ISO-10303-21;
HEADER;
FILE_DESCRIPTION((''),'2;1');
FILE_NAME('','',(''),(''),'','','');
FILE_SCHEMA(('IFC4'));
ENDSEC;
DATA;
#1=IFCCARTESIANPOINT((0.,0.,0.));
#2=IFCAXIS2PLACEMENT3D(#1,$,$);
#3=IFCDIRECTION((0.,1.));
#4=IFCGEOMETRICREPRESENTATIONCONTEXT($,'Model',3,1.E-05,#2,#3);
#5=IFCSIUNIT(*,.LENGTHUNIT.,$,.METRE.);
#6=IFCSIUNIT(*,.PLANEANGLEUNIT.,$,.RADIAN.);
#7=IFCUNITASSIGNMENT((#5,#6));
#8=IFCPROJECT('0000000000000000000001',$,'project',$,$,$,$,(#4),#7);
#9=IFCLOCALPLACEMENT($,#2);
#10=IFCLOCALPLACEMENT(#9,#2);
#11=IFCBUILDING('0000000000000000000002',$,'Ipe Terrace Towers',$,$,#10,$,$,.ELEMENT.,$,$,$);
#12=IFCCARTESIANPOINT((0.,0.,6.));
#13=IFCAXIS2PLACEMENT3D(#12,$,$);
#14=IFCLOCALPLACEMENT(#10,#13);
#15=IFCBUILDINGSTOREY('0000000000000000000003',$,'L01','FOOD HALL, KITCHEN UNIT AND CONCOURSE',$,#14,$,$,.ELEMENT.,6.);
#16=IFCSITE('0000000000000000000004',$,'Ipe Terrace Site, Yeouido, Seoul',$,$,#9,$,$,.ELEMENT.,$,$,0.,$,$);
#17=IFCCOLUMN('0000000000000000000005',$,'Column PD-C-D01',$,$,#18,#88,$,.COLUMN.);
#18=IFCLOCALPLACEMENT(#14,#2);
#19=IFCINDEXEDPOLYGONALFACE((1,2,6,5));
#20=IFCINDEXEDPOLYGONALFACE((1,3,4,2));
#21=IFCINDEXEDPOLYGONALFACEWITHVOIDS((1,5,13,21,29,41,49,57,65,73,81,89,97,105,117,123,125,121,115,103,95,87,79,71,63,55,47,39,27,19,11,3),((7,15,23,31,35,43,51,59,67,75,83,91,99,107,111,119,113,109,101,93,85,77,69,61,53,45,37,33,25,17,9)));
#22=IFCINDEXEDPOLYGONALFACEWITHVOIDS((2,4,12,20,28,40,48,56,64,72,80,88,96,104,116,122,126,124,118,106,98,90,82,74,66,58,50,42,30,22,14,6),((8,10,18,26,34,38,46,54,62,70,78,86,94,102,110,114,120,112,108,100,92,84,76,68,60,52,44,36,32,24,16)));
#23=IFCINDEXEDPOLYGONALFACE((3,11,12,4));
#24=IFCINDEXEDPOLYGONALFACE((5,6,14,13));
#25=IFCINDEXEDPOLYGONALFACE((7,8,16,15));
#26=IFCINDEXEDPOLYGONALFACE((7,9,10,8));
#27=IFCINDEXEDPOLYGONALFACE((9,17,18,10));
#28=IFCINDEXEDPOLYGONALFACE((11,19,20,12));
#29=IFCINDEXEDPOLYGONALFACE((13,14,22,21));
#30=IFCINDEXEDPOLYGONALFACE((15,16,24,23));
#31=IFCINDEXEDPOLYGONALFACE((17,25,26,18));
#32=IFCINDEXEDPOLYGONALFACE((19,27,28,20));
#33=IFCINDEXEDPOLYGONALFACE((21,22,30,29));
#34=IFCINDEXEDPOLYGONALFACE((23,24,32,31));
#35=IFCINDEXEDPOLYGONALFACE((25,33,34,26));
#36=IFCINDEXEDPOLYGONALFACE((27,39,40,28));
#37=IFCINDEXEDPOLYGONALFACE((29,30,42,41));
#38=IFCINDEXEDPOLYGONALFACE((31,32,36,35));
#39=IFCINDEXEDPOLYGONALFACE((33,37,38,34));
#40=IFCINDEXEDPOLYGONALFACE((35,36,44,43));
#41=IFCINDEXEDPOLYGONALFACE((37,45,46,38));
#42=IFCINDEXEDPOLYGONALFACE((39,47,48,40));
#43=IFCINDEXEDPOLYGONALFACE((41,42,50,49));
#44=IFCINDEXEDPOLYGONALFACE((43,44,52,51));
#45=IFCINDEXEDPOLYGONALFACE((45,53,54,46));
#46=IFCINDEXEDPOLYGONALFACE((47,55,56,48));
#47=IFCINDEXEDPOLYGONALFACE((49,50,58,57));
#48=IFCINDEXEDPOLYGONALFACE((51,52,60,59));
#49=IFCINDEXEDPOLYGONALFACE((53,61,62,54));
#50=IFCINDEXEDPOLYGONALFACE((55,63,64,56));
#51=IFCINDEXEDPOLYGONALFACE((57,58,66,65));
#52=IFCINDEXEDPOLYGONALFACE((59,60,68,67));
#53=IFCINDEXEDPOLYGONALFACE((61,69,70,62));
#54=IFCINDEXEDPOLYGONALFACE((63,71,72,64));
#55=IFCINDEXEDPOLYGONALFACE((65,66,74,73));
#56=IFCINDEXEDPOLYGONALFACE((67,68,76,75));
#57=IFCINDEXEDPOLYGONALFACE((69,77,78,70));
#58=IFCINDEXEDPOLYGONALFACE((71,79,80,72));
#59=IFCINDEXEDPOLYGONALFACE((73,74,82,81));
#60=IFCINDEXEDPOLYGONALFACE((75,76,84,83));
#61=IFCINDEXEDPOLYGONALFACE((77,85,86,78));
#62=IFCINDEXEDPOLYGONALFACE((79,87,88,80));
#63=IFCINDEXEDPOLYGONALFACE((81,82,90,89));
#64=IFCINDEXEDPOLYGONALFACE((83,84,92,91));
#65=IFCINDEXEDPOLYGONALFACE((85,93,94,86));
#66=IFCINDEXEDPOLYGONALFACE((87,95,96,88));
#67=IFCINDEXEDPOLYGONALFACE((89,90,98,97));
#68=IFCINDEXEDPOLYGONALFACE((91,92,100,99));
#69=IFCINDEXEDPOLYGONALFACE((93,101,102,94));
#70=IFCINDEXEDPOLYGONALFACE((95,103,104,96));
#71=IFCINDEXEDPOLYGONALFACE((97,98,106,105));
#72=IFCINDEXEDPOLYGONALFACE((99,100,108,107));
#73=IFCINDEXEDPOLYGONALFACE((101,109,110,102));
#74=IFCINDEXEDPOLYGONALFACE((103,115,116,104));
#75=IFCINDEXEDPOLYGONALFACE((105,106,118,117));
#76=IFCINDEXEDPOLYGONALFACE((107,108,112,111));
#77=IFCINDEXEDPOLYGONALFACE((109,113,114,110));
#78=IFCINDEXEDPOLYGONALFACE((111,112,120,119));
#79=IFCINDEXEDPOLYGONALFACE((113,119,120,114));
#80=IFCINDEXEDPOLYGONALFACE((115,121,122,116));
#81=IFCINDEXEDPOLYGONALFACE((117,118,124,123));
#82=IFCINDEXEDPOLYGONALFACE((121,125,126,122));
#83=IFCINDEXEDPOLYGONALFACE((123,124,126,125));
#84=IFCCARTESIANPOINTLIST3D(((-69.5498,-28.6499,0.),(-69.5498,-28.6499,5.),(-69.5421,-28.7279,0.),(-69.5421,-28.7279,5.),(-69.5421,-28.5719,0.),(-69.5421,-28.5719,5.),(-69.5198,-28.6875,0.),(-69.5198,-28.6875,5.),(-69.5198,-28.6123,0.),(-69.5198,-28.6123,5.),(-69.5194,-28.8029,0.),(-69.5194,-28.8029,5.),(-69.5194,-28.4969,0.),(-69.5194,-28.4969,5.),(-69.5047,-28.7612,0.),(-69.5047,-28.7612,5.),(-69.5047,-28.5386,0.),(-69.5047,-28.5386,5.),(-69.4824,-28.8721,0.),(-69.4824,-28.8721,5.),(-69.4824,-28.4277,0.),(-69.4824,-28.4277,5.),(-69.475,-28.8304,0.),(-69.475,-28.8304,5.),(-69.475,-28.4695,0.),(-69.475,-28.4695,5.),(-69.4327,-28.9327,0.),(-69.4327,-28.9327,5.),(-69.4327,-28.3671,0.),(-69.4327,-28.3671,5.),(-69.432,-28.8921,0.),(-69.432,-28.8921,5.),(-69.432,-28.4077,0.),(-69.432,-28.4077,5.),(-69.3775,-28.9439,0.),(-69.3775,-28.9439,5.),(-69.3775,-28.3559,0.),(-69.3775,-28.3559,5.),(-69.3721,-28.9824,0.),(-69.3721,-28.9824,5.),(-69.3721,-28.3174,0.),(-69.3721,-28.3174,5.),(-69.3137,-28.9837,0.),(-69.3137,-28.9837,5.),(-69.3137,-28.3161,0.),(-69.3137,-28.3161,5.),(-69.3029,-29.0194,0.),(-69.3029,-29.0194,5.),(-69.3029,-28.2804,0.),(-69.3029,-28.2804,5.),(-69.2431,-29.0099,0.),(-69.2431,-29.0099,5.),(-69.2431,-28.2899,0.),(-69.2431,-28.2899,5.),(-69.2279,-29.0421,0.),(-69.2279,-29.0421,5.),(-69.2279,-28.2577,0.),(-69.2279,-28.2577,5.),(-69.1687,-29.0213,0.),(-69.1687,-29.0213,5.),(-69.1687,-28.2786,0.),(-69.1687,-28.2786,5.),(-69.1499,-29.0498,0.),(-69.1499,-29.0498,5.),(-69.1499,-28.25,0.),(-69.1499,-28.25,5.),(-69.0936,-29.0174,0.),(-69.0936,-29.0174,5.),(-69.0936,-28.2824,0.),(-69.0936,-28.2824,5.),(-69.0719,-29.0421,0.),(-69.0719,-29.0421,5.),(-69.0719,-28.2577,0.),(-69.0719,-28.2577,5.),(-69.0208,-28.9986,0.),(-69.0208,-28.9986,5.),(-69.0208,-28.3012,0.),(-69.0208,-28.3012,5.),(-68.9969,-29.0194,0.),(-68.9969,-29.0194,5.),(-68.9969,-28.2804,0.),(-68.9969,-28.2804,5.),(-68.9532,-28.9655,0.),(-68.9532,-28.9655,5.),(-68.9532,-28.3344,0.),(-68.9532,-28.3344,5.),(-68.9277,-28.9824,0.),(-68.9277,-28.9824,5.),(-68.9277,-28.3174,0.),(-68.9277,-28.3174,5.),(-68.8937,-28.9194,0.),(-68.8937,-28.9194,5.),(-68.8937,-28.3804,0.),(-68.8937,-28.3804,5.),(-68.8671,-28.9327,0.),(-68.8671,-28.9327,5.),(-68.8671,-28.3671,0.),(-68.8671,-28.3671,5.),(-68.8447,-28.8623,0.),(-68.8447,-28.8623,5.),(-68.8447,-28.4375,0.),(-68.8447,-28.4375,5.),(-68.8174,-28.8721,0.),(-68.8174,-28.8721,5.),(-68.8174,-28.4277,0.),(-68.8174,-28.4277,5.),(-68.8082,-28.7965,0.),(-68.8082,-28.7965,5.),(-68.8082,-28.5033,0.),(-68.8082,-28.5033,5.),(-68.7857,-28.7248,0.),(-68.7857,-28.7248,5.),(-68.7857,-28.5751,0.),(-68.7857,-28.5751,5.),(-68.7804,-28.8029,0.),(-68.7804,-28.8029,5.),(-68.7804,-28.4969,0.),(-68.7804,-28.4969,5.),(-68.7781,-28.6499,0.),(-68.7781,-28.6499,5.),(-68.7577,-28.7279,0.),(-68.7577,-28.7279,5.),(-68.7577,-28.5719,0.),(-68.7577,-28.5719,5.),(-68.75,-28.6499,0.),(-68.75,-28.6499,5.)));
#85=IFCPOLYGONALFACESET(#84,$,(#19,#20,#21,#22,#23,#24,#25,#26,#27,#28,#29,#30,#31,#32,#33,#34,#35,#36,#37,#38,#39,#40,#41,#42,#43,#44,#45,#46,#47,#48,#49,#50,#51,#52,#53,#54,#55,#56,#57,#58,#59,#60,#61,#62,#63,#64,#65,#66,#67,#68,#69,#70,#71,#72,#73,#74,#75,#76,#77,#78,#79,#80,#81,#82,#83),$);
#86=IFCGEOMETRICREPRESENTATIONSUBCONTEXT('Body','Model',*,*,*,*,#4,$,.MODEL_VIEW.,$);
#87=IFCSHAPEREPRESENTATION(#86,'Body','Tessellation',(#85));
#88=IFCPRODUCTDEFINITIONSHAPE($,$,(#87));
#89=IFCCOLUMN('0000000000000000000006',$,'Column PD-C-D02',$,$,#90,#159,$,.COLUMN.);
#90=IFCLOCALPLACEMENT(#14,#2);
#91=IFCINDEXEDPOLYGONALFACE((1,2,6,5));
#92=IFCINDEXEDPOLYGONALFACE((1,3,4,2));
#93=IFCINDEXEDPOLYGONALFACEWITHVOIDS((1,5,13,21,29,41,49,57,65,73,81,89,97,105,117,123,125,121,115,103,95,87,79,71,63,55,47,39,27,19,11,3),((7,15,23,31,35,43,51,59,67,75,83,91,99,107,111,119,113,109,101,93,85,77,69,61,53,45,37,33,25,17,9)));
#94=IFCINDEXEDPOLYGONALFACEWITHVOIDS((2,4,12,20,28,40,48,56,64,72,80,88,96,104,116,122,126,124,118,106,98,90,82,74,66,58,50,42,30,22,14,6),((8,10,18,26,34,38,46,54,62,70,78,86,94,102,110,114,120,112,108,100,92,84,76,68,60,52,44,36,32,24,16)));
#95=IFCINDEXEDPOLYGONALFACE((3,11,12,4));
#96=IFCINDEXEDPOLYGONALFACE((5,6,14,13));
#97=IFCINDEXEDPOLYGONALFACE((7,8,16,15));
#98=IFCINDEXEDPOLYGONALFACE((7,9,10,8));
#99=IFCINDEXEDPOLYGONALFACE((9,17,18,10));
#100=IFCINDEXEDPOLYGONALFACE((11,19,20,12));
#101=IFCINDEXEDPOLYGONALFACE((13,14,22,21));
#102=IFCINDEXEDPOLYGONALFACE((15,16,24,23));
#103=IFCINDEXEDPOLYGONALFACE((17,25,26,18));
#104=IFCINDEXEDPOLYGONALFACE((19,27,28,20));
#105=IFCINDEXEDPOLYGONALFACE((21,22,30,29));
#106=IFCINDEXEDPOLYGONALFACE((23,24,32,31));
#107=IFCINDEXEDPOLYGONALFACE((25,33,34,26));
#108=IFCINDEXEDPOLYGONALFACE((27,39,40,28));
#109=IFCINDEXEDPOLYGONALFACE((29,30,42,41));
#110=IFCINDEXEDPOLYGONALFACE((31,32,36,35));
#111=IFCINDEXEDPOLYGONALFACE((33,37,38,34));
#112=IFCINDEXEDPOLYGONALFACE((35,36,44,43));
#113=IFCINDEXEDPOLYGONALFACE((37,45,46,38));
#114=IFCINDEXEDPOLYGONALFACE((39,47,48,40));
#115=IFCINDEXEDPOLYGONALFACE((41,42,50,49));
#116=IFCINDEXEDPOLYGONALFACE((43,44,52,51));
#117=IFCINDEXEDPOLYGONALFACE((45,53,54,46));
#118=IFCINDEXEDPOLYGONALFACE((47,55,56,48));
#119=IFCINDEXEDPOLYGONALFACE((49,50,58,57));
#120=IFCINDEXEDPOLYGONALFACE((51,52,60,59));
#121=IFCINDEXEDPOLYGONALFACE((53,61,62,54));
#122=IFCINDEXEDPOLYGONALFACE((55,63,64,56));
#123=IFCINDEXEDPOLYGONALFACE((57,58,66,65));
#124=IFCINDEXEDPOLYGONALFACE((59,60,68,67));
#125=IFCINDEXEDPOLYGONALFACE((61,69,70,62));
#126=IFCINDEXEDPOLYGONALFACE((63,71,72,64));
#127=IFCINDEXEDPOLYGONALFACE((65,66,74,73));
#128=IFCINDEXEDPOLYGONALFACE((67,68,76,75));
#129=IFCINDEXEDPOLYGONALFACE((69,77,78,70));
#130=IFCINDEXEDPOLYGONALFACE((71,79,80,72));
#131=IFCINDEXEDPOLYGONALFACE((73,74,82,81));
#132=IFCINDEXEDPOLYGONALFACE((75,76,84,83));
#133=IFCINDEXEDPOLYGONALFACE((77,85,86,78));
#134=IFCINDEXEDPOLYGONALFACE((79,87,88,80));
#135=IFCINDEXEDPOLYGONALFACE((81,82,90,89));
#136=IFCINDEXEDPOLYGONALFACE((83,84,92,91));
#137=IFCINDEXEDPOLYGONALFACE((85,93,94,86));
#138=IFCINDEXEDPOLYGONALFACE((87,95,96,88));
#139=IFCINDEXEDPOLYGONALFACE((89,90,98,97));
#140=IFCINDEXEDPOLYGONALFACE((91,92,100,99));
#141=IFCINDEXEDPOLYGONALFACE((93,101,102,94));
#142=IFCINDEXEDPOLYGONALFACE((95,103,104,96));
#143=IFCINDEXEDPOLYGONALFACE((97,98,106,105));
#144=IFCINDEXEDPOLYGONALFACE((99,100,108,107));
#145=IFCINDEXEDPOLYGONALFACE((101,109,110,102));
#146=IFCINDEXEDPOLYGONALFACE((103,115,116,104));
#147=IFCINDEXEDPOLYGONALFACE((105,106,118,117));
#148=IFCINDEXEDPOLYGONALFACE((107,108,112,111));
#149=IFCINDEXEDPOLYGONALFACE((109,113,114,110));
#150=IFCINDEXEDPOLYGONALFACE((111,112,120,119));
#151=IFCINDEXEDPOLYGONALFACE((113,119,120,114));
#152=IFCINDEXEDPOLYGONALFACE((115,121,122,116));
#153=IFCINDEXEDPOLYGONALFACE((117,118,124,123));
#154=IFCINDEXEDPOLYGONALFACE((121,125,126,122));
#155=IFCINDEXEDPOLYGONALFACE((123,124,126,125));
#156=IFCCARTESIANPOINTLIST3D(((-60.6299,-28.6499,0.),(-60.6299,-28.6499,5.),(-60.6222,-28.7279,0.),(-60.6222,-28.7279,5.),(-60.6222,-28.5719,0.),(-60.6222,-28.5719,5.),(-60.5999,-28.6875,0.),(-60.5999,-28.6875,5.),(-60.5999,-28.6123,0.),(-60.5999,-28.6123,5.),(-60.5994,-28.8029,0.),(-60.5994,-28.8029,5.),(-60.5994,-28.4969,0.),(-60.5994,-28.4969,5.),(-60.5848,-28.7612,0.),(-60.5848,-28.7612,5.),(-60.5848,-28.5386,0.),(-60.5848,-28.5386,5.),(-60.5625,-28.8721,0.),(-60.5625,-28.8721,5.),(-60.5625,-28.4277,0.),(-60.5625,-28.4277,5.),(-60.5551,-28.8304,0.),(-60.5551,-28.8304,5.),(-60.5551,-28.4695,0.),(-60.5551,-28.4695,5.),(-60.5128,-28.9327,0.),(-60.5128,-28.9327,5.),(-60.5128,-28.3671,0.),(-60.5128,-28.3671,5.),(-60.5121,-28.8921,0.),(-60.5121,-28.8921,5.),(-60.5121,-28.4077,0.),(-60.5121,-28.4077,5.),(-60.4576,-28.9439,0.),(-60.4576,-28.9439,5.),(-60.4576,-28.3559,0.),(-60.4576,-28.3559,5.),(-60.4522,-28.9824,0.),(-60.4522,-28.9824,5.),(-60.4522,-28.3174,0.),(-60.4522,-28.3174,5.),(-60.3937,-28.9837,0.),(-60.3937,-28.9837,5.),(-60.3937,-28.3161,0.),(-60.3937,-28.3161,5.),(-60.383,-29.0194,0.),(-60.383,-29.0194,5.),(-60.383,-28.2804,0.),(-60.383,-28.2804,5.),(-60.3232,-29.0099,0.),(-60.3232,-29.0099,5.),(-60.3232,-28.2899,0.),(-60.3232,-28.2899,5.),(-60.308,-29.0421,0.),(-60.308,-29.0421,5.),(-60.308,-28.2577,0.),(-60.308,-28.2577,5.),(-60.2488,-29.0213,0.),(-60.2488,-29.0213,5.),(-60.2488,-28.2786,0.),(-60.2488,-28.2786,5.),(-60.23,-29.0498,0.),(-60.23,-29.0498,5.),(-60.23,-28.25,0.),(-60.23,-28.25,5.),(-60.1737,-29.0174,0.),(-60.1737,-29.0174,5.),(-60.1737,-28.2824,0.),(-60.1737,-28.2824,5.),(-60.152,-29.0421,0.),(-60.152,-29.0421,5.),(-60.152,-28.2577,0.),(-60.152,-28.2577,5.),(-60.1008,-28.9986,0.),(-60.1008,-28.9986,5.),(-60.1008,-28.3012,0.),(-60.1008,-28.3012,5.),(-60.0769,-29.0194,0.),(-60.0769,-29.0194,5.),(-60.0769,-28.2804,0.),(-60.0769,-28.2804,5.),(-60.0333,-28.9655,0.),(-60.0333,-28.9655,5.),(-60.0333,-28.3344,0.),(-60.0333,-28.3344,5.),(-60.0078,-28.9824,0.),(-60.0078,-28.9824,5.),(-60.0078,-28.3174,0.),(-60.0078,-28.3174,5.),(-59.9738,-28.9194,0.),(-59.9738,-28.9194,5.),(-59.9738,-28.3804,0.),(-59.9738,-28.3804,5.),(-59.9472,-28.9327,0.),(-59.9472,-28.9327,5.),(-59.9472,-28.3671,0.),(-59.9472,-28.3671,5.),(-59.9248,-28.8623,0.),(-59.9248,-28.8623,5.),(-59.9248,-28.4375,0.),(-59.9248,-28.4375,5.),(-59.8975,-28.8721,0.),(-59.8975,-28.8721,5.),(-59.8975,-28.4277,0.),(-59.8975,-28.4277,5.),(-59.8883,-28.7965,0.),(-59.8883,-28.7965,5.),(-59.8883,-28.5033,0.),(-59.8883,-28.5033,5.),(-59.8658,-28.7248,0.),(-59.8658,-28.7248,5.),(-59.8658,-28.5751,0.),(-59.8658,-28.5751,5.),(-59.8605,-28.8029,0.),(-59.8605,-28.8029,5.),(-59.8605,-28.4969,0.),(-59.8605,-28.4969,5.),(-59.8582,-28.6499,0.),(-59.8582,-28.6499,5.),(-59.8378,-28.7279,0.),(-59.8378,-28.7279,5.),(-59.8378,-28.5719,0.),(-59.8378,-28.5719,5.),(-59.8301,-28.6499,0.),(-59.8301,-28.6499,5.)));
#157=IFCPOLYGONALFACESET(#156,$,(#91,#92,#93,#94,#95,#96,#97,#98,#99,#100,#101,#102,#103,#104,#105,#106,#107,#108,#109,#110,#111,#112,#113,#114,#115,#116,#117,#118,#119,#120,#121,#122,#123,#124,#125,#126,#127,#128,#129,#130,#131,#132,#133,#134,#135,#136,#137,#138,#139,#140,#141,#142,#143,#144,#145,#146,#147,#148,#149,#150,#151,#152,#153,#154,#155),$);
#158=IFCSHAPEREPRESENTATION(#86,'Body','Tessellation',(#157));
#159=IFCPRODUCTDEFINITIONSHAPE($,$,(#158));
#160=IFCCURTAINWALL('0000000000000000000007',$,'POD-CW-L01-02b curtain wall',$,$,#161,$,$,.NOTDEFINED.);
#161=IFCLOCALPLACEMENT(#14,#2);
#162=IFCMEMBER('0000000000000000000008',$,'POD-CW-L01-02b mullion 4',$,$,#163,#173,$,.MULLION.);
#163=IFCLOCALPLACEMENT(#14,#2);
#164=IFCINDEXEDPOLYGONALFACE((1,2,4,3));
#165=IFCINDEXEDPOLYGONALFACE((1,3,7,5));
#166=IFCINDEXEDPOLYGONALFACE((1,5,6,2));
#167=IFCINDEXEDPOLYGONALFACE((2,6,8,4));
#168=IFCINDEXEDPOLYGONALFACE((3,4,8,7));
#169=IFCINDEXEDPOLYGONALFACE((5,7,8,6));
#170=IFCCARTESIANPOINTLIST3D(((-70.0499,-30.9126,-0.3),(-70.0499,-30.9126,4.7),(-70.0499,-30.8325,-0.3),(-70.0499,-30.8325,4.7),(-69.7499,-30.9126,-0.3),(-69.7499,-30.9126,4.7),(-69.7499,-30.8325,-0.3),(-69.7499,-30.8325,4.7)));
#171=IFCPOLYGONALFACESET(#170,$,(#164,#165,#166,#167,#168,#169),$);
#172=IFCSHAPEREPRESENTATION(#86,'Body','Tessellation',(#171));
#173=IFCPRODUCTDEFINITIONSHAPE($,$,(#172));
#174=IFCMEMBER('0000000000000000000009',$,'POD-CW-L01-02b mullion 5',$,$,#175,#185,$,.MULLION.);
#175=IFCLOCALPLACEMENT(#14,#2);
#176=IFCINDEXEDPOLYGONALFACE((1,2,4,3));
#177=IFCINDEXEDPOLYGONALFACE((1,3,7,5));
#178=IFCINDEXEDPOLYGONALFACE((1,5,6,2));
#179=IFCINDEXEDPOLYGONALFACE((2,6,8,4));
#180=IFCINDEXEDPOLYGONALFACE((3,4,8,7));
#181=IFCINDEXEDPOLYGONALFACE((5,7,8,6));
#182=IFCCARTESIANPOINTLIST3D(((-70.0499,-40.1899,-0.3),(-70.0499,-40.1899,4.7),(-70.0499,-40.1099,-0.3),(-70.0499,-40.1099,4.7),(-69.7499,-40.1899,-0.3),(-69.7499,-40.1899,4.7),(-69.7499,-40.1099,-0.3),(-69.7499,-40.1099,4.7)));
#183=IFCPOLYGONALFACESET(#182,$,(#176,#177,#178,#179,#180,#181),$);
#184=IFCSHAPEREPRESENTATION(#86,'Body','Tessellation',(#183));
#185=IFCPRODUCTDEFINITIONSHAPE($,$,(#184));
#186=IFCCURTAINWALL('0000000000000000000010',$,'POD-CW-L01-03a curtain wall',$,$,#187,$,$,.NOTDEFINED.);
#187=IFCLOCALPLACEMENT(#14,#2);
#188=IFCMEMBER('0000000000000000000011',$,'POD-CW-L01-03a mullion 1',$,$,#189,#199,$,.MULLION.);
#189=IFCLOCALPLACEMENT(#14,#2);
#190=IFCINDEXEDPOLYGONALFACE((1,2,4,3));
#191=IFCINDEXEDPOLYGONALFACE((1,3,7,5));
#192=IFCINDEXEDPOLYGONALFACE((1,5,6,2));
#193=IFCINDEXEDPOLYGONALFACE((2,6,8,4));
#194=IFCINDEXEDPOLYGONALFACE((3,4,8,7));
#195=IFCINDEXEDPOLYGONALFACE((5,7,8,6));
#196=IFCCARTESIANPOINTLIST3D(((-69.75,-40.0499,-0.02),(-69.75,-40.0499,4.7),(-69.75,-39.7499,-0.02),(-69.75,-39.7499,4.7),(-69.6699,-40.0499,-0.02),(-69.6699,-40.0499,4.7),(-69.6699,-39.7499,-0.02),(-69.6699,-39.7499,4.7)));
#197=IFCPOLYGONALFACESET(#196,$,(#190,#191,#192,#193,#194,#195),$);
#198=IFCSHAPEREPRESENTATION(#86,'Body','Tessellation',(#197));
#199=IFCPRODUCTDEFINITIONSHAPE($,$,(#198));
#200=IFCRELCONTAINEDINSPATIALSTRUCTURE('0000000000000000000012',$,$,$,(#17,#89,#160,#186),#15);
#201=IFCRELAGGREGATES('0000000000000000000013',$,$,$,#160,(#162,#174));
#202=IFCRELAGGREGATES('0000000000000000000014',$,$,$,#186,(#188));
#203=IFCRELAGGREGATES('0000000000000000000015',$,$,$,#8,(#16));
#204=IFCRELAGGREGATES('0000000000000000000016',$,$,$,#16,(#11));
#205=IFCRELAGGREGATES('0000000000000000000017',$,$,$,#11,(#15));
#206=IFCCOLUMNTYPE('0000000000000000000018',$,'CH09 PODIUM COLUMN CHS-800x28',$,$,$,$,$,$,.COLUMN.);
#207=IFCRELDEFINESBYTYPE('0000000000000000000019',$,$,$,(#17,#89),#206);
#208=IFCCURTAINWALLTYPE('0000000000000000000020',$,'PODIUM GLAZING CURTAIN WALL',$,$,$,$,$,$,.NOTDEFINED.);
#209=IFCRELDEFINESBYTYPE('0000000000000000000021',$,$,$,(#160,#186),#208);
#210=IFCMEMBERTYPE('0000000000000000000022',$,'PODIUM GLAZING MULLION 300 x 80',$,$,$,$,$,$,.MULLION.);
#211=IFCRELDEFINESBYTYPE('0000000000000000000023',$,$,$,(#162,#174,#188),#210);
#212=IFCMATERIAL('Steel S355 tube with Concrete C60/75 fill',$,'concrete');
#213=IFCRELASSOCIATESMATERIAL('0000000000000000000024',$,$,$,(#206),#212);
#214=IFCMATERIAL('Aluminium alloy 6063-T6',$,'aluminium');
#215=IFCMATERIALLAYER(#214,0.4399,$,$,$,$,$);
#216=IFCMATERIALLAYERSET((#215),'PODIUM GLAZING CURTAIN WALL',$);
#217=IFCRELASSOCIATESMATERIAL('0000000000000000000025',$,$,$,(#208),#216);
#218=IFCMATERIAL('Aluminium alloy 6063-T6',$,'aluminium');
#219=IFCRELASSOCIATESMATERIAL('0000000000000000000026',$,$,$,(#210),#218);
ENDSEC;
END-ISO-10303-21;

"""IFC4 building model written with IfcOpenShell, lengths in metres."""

from ifc_helpers import new_model, si_unit, direction, frame, origin, origin_2d, place, context, subcontext, project, spatial, rectangle, hollow_circle, extrude, material, layer, layer_set, material_profile, profile_set, type_object, element, aggregate, save


model = new_model("IFC4")

# Units and contexts
model_context = context("Model", 3, precision=1e-05, world=origin(), true_north=direction((0.0, 1.0)))
body_context = subcontext(model_context, "Body", "Model", "MODEL_VIEW")
ifc_project = project(units=[si_unit("LENGTHUNIT", "METRE"), si_unit("PLANEANGLEUNIT", "RADIAN")], contexts=[model_context])

# Site, building, storey
site_placement = place(None, origin())
site = spatial("IfcSite", under=ifc_project, at=site_placement, Name="Ipe Terrace Site, Yeouido, Seoul", CompositionType="ELEMENT", RefElevation=0.0)
building_placement = place(site_placement, origin())
building = spatial("IfcBuilding", under=site, at=building_placement, Name="Ipe Terrace Towers", CompositionType="ELEMENT")
storey_placement = place(building_placement, frame((0.0, 0.0, 6.0)))
storey = spatial("IfcBuildingStorey", under=building, at=storey_placement, Name="L01", Description="FOOD HALL, KITCHEN UNIT AND CONCOURSE", CompositionType="ELEMENT", Elevation=6.0)

# Columns
ifc_material_1 = material(Name="Steel S355 tube with Concrete C60/75 fill", Category="concrete")
ifc_material_profile_1 = material_profile(ifc_material_1, hollow_circle(Radius=0.3999, WallThickness=0.0281, at=origin_2d()), Name="CHS-800x28")
ifc_profile_set_1 = profile_set([ifc_material_profile_1], Name="Steel S355 tube with Concrete C60/75 fill")
column_type = type_object("IfcColumnType", Name="CH09 PODIUM COLUMN CHS-800x28", PredefinedType="COLUMN", material=ifc_profile_set_1)
for number, where, z_axis, x_axis, name in (
    (1, (-69.1499, -28.6499, 0.0), (0.0, 0.0, 1.0), (1.0, 0.0, 0.0), "Column PD-C-D01"),
    (2, (-60.23, -28.6499, 0.0), (0.0, 0.0, 1.0), (1.0, 0.0, 0.0), "Column PD-C-D02"),
):
    element("IfcColumn", number, at=place(storey_placement, frame(where, z_axis=z_axis, x_axis=x_axis)), inside=storey, type_object=column_type, Name=name, PredefinedType="COLUMN", context=body_context, shape_type="SweptSolid", body=[
        extrude(hollow_circle(Radius=0.3999, WallThickness=0.0281, at=origin_2d()), origin(), (0.0, 0.0, 1.0), 5.0),
    ])

# Curtain walls, members
ifc_material_2 = material(Name="Aluminium alloy 6063-T6", Category="aluminium")
ifc_layer_1 = layer(ifc_material_2, 0.4399)
ifc_layer_set_1 = layer_set([ifc_layer_1], Name="PODIUM GLAZING CURTAIN WALL")
curtain_wall_type = type_object("IfcCurtainWallType", Name="PODIUM GLAZING CURTAIN WALL", PredefinedType="NOTDEFINED", material=ifc_layer_set_1)
curtain_wall_1_placement = place(storey_placement, origin())
curtain_wall_1 = element("IfcCurtainWall", 3, at=curtain_wall_1_placement, inside=storey, type_object=curtain_wall_type, Name="POD-CW-L01-02b curtain wall", PredefinedType="NOTDEFINED")
ifc_material_3 = material(Name="Aluminium alloy 6063-T6", Category="aluminium")
ifc_material_profile_2 = material_profile(ifc_material_3, rectangle(XDim=0.3, YDim=0.0801, at=origin_2d()), Name="PODIUM GLAZING MULLION 300 x 80")
ifc_profile_set_2 = profile_set([ifc_material_profile_2], Name="Aluminium alloy 6063-T6")
member_type_1 = type_object("IfcMemberType", Name="PODIUM GLAZING MULLION 300 x 80", PredefinedType="MULLION", material=ifc_profile_set_2)
member_1_placement = place(storey_placement, frame((-69.8999, -30.8726, -0.3), z_axis=(0.0, 0.0, 1.0), x_axis=(-1.0, 0.0, 0.0)))
member_1 = element("IfcMember", 4, at=member_1_placement, type_object=member_type_1, Name="POD-CW-L01-02b mullion 4", PredefinedType="MULLION", context=body_context, shape_type="SweptSolid", body=[
    extrude(rectangle(XDim=0.3, YDim=0.0801, at=origin_2d()), origin(), (0.0, 0.0, 1.0), 5.0),
])
member_2_placement = place(storey_placement, frame((-69.8999, -40.1499, -0.3), z_axis=(0.0, 0.0, 1.0), x_axis=(-1.0, 0.0, 0.0)))
member_2 = element("IfcMember", 5, at=member_2_placement, type_object=member_type_1, Name="POD-CW-L01-02b mullion 5", PredefinedType="MULLION", context=body_context, shape_type="SweptSolid", body=[
    extrude(rectangle(XDim=0.3, YDim=0.0801, at=origin_2d()), origin(), (0.0, 0.0, 1.0), 5.0),
])
curtain_wall_2_placement = place(storey_placement, origin())
curtain_wall_2 = element("IfcCurtainWall", 6, at=curtain_wall_2_placement, inside=storey, type_object=curtain_wall_type, Name="POD-CW-L01-03a curtain wall", PredefinedType="NOTDEFINED")
member_3_placement = place(storey_placement, frame((-69.71, -39.8999, -0.02), z_axis=(0.0, 0.0, 1.0), x_axis=(0.0, -1.0, 0.0)))
member_3 = element("IfcMember", 7, at=member_3_placement, type_object=member_type_1, Name="POD-CW-L01-03a mullion 1", PredefinedType="MULLION", context=body_context, shape_type="SweptSolid", body=[
    extrude(rectangle(XDim=0.3, YDim=0.0801, at=origin_2d()), origin(), (0.0, 0.0, 1.0), 4.72),
])

aggregate(curtain_wall_1, [member_1, member_2])
aggregate(curtain_wall_2, [member_3])

save(model, "model.ifc")
